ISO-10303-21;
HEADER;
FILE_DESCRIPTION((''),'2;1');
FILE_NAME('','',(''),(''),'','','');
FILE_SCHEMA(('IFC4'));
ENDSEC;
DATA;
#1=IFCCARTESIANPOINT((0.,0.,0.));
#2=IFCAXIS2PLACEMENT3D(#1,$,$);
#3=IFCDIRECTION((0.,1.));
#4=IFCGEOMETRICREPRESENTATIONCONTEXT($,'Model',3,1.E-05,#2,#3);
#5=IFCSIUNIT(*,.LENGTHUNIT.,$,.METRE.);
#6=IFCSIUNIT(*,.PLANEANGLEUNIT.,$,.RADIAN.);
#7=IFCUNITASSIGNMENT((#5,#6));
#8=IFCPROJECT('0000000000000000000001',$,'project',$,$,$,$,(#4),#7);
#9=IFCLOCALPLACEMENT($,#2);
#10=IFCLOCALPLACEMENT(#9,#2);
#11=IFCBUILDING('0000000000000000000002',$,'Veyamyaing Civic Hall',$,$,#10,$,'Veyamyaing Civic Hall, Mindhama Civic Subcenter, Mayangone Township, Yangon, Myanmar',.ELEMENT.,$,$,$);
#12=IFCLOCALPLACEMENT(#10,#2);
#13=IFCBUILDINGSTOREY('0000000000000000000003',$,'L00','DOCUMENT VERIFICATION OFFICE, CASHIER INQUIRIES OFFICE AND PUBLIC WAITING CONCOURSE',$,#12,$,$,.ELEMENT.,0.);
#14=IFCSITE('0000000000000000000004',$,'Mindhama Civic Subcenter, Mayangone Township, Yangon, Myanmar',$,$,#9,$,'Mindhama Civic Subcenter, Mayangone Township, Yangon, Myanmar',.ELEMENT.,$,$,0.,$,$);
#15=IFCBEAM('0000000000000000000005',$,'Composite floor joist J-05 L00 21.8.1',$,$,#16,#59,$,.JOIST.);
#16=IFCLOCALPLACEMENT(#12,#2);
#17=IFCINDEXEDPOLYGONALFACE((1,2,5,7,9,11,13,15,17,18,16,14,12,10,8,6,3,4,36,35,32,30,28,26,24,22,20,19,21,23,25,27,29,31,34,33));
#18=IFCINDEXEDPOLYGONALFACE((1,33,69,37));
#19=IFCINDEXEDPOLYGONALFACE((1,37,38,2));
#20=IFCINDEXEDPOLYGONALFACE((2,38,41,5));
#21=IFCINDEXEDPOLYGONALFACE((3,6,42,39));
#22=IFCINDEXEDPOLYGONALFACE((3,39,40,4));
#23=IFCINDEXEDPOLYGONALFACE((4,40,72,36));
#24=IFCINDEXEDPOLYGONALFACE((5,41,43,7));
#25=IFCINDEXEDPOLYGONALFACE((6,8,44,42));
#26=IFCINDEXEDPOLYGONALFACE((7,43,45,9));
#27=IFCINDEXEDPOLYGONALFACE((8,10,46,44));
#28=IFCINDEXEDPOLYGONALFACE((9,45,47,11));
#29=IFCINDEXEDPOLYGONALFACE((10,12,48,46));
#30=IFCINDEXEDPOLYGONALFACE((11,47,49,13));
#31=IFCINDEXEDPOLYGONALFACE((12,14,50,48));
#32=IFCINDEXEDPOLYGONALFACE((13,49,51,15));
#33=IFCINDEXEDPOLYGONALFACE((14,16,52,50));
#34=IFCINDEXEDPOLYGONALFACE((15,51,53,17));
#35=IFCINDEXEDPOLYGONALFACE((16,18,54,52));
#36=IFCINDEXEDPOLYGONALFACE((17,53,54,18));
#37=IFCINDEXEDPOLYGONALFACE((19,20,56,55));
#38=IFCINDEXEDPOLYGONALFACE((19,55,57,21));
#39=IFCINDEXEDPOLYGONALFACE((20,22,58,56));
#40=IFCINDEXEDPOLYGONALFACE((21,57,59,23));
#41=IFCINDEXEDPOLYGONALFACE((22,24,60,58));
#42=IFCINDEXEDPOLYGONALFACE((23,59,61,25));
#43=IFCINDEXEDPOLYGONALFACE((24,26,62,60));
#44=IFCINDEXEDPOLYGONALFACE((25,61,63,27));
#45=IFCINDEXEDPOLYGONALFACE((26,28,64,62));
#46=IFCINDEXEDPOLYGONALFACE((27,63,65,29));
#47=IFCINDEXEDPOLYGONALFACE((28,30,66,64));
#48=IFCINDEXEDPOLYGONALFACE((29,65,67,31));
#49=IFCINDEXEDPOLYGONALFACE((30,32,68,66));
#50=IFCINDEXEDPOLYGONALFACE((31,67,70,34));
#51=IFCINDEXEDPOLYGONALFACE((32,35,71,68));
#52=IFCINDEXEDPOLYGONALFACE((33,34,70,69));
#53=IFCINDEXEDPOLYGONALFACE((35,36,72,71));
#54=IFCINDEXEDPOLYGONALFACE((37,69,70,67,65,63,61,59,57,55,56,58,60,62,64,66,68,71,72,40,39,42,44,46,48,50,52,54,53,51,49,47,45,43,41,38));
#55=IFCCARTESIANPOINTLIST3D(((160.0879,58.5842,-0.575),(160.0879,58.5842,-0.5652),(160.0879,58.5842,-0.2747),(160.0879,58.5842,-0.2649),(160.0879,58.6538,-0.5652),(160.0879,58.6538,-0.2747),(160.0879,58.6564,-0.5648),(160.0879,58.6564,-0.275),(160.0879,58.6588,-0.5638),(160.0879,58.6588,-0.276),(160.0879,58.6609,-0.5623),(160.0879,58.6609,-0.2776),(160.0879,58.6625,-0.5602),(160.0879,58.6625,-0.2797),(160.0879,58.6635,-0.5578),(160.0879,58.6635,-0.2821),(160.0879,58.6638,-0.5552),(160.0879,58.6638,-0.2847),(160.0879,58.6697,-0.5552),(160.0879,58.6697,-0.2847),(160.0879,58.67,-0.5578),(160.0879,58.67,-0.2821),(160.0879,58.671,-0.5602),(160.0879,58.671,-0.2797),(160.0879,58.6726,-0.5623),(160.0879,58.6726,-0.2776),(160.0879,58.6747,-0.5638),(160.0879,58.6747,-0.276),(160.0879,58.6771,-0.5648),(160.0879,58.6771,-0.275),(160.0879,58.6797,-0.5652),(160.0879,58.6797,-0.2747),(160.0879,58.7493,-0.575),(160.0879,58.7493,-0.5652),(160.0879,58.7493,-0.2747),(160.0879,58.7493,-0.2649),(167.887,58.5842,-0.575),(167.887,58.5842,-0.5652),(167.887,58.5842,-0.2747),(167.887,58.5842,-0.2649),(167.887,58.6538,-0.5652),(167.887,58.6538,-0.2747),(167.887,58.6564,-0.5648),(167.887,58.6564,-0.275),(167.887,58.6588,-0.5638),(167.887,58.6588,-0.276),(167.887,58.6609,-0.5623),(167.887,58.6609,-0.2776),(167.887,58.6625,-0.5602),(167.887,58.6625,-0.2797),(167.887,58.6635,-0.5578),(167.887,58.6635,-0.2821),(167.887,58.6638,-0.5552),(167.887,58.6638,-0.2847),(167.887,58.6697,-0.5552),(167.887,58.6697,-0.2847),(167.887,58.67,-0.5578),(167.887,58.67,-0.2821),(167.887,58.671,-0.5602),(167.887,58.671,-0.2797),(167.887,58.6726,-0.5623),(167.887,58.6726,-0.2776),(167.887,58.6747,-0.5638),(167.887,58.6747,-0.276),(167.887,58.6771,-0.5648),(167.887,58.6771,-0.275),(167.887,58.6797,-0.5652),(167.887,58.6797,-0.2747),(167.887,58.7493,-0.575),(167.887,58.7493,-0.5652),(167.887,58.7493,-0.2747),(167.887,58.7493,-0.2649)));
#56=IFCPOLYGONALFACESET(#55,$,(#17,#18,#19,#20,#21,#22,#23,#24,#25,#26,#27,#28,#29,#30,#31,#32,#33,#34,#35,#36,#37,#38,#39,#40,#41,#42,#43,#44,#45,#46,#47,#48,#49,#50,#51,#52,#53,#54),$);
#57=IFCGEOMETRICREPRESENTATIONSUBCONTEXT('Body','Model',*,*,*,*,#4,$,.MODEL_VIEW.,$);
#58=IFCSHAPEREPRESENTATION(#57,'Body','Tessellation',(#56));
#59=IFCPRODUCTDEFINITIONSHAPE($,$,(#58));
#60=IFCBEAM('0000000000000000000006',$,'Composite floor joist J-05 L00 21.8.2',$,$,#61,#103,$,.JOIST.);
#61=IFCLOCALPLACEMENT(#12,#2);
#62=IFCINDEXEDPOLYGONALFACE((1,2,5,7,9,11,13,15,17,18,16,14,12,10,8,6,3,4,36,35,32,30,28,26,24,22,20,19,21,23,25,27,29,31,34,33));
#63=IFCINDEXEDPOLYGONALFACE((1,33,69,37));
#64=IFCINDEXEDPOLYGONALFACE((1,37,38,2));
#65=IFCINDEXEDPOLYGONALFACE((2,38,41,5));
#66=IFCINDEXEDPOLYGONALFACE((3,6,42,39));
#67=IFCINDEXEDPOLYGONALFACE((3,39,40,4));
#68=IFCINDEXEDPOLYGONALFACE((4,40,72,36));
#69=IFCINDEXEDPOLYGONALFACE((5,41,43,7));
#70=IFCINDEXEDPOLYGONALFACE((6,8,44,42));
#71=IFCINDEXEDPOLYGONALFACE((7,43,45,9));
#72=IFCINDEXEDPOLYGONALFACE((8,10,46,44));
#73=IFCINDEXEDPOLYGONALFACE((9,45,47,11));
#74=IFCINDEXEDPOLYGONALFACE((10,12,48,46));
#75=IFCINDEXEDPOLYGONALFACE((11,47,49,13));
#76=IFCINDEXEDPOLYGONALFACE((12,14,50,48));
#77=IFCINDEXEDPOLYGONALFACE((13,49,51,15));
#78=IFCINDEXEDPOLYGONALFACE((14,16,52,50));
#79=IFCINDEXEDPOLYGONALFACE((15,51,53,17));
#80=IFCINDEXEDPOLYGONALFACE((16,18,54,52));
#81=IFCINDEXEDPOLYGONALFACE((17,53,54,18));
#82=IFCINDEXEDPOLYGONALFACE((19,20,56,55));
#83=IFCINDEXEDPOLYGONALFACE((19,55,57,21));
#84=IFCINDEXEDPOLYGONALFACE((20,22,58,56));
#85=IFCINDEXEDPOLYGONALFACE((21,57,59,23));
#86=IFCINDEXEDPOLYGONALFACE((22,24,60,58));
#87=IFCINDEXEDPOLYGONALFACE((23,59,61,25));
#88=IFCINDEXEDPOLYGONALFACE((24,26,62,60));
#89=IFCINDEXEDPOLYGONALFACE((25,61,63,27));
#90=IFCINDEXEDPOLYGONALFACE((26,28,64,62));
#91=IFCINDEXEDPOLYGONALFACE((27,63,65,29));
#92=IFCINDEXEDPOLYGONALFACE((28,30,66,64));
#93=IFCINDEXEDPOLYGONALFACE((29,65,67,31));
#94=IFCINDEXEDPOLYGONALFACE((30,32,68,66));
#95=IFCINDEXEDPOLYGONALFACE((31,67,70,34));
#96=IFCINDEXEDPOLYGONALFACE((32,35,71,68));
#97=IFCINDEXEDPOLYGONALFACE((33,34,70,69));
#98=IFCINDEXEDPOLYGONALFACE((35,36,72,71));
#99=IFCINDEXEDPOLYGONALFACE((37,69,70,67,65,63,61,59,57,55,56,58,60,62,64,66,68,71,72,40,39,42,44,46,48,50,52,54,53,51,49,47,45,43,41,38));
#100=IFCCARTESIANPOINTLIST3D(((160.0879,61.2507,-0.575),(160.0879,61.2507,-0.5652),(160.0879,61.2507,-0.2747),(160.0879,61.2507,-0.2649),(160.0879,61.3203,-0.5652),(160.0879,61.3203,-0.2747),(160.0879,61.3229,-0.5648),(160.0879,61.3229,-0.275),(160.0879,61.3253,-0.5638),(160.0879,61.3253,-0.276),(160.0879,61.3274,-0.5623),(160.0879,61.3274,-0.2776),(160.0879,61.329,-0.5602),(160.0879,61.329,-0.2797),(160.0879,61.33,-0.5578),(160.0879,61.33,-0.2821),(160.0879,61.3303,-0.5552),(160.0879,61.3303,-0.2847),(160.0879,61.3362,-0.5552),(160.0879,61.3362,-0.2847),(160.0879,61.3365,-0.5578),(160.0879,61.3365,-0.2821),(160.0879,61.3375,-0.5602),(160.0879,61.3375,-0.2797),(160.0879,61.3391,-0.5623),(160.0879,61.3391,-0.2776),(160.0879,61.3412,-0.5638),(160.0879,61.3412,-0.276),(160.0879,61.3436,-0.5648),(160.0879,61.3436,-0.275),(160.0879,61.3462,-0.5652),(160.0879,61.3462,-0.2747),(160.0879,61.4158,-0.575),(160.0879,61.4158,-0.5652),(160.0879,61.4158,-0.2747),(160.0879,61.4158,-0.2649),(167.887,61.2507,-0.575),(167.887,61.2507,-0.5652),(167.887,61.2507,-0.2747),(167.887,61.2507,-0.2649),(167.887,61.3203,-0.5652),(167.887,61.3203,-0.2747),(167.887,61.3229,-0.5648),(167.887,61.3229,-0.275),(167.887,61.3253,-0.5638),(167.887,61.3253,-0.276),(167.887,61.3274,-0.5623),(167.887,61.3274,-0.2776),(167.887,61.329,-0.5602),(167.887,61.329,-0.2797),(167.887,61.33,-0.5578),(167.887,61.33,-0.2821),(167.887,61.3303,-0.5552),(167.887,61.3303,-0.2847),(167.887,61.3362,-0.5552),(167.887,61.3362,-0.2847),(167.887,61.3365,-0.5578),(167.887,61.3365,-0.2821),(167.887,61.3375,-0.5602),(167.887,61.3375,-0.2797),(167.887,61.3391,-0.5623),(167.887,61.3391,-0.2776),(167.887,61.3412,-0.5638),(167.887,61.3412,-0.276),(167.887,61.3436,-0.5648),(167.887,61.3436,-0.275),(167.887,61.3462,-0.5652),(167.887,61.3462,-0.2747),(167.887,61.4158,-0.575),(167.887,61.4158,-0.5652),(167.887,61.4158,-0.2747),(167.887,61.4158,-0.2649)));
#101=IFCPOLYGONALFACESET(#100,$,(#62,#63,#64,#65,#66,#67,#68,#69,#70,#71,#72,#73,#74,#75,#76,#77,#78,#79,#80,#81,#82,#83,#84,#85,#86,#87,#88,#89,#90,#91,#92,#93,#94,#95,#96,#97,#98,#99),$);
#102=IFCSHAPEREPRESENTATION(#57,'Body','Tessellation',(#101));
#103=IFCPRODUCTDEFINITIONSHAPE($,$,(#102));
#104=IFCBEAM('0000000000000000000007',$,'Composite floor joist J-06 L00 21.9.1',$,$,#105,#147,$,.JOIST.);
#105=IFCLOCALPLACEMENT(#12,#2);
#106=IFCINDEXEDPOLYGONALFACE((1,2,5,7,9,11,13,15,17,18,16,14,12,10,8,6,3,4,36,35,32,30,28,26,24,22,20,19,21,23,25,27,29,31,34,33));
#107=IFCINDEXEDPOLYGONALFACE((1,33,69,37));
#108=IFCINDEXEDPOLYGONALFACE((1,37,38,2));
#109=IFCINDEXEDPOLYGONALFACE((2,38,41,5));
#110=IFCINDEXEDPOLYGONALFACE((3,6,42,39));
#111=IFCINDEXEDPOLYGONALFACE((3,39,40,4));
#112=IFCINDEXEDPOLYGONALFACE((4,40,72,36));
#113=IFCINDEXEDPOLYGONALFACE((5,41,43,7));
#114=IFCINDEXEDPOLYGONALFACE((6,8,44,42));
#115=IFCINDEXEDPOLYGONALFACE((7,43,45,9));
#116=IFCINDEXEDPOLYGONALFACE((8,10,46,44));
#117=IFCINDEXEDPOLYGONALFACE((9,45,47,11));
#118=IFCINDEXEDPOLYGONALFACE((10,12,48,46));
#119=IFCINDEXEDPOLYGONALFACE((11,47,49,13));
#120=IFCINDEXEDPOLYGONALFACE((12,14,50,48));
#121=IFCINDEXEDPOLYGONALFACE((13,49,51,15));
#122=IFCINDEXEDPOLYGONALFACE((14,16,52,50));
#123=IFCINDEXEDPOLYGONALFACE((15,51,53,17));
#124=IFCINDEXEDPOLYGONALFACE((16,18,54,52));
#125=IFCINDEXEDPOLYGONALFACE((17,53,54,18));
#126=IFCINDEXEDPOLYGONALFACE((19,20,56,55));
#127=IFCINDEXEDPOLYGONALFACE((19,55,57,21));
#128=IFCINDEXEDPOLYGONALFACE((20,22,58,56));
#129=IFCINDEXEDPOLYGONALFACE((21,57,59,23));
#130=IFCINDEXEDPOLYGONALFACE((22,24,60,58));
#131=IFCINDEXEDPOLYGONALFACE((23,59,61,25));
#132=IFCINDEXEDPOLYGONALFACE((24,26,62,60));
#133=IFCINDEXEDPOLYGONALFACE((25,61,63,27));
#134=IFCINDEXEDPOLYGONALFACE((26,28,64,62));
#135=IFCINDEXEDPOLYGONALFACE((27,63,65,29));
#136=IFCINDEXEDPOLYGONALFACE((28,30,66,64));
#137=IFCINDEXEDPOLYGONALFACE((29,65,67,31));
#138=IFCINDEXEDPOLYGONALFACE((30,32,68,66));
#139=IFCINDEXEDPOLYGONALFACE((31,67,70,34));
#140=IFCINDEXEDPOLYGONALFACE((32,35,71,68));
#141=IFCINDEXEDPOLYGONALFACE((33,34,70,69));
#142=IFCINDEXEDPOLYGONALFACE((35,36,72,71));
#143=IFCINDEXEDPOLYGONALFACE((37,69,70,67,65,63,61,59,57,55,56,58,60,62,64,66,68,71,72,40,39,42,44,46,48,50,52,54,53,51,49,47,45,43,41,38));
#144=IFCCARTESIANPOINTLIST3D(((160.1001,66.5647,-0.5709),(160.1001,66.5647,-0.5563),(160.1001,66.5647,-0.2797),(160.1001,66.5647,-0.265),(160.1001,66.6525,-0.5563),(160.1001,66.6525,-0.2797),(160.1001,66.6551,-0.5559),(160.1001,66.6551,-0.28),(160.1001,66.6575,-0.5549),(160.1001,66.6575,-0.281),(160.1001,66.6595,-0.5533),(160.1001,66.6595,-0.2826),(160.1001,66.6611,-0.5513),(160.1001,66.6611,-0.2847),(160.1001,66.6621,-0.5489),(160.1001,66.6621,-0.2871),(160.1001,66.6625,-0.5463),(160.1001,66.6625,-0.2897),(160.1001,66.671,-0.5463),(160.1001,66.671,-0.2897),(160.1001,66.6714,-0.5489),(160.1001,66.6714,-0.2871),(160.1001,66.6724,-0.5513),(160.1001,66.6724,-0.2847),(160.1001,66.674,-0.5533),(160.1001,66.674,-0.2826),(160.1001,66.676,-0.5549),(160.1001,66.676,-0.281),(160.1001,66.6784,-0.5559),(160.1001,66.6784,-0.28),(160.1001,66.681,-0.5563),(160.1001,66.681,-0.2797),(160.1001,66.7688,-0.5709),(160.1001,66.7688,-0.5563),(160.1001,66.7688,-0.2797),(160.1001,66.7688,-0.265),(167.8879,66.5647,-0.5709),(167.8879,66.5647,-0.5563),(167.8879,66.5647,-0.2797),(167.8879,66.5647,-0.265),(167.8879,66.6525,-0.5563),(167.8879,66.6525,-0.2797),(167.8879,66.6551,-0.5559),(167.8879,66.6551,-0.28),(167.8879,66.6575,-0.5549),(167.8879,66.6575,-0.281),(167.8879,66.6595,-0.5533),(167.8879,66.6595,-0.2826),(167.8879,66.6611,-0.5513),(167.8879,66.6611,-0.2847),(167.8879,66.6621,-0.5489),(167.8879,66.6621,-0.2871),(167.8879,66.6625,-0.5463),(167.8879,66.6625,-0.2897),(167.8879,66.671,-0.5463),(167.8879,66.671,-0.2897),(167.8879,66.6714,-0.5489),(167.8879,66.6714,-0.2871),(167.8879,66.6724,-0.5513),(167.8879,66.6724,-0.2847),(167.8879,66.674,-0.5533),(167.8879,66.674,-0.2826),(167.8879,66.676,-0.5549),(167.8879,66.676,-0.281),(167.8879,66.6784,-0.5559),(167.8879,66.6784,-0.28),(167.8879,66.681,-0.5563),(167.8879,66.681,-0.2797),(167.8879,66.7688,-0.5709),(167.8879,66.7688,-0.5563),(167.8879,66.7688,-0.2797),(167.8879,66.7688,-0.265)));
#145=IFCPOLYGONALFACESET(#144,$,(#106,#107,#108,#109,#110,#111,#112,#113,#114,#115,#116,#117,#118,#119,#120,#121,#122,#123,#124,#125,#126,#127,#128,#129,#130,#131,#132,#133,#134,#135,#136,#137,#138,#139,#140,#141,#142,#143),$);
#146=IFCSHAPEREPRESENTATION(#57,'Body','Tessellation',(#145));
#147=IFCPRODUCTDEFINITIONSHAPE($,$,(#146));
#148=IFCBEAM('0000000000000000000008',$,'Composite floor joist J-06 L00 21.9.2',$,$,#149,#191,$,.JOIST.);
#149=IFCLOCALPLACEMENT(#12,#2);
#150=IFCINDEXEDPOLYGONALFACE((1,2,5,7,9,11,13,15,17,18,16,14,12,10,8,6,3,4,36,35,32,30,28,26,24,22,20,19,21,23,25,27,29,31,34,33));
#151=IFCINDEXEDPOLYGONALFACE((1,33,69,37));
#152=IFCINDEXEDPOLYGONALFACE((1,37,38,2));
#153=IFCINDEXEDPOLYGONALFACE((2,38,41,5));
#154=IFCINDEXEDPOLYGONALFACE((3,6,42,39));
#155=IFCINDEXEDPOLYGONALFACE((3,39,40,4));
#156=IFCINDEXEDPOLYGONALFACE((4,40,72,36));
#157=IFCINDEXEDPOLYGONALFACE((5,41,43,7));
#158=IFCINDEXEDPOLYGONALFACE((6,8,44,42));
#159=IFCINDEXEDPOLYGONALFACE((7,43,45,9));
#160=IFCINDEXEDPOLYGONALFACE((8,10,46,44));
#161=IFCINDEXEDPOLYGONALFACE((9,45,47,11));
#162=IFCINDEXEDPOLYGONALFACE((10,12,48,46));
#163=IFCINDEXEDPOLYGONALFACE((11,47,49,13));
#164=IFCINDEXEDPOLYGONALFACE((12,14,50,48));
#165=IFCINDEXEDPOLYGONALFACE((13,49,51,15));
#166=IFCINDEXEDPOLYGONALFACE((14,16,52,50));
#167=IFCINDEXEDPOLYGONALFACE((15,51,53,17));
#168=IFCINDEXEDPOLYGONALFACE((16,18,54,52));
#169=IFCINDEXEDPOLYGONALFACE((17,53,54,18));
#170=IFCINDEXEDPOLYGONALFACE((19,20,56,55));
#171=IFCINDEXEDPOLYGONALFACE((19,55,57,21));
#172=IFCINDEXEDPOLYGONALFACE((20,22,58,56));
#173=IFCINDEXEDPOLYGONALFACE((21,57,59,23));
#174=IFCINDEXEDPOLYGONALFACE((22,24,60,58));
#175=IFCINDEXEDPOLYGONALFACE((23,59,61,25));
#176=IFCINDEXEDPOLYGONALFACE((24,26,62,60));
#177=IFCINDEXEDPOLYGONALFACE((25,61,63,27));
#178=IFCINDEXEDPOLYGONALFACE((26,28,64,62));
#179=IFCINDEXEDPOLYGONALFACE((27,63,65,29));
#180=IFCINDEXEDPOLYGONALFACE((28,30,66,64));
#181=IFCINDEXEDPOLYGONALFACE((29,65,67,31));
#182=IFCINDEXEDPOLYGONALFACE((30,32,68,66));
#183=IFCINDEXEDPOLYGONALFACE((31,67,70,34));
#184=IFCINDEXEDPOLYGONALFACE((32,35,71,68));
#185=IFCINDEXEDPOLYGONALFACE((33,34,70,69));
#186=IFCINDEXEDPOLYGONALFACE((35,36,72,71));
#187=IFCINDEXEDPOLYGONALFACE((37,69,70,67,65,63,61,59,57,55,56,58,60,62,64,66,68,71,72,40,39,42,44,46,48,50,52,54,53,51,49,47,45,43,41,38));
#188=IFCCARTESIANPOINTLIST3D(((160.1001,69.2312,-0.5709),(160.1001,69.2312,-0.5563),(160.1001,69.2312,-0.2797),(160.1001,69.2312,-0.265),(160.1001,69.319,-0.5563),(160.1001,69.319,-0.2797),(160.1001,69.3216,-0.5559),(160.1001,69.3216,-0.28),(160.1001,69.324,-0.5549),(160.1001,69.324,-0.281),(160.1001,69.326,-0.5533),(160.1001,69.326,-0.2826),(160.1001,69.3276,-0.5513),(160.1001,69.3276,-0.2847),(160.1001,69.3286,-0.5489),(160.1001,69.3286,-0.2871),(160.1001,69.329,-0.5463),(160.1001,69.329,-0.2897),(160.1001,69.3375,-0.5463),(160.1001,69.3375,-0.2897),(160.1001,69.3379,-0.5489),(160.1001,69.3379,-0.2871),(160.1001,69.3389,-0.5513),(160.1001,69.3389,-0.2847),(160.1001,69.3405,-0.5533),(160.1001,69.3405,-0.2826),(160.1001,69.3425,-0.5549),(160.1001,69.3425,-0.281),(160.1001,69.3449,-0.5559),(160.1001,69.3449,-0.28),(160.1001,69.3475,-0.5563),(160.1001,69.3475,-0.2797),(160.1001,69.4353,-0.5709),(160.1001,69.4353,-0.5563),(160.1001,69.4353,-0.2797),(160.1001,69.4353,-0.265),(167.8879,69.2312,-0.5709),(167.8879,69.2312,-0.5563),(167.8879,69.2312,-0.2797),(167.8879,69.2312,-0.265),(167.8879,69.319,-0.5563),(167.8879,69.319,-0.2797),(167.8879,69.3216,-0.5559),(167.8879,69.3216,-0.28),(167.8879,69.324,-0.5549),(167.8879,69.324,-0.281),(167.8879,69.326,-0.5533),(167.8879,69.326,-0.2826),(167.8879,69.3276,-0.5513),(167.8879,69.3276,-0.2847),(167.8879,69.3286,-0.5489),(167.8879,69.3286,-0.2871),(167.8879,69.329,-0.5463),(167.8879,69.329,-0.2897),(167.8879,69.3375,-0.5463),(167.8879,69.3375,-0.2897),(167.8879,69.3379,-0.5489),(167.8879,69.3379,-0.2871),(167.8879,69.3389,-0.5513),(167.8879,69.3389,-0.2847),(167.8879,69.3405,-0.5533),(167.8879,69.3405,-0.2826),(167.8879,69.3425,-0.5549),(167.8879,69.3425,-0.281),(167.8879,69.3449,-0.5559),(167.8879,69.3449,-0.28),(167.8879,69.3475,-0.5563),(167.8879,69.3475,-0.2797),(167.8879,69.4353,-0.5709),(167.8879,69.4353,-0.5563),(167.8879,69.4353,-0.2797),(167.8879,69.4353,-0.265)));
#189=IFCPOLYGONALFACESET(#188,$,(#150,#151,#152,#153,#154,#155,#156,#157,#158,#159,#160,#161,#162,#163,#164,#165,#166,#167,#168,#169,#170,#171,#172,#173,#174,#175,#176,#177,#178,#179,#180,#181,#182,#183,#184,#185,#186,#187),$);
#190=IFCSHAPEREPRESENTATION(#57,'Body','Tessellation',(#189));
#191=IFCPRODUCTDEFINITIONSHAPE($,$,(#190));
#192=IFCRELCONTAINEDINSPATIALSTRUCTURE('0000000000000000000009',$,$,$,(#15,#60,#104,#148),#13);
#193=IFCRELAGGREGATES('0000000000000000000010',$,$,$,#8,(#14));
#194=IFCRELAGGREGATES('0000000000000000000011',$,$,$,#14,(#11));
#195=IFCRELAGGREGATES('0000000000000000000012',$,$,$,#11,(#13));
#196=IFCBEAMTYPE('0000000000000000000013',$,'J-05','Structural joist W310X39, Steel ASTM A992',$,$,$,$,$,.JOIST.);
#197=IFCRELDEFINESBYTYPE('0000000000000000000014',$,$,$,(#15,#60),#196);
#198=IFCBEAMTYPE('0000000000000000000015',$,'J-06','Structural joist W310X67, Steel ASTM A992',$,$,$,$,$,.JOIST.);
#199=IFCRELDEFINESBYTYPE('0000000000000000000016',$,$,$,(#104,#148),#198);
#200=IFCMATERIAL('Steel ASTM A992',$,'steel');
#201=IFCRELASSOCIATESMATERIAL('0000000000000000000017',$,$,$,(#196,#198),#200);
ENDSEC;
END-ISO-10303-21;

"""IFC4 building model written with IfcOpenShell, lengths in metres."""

from ifc_helpers import new_model, si_unit, direction, frame, origin, origin_2d, place, context, subcontext, project, spatial, i_section, extrude, material, material_profile, profile_set, type_object, element, save


model = new_model("IFC4")

# Units and contexts
model_context = context("Model", 3, precision=1e-05, world=origin(), true_north=direction((0.0, 1.0)))
body_context = subcontext(model_context, "Body", "Model", "MODEL_VIEW")
ifc_project = project(units=[si_unit("LENGTHUNIT", "METRE"), si_unit("PLANEANGLEUNIT", "RADIAN")], contexts=[model_context])

# Site, building, storey
site_placement = place(None, origin())
site = spatial("IfcSite", under=ifc_project, at=site_placement, Name="Mindhama Civic Subcenter, Mayangone Township, Yangon, Myanmar", LongName="Mindhama Civic Subcenter, Mayangone Township, Yangon, Myanmar", CompositionType="ELEMENT", RefElevation=0.0)
building_placement = place(site_placement, origin())
building = spatial("IfcBuilding", under=site, at=building_placement, Name="Veyamyaing Civic Hall", LongName="Veyamyaing Civic Hall, Mindhama Civic Subcenter, Mayangone Township, Yangon, Myanmar", CompositionType="ELEMENT")
storey_placement = place(building_placement, origin())
storey = spatial("IfcBuildingStorey", under=building, at=storey_placement, Name="L00", Description="DOCUMENT VERIFICATION OFFICE, CASHIER INQUIRIES OFFICE AND PUBLIC WAITING CONCOURSE", CompositionType="ELEMENT", Elevation=0.0)

# Beams
ifc_material_1 = material(Name="Steel ASTM A992", Category="steel")
ifc_material_profile_1 = material_profile(ifc_material_1, i_section(OverallWidth=0.165, OverallDepth=0.3101, WebThickness=0.0059, FlangeThickness=0.0098, FilletRadius=0.01, at=origin_2d()), Name="W310X39")
ifc_profile_set_1 = profile_set([ifc_material_profile_1], Name="Steel ASTM A992")
beam_type_1 = type_object("IfcBeamType", Name="J-05", Description="Structural joist W310X39, Steel ASTM A992", PredefinedType="JOIST", material=ifc_profile_set_1)
for number, where, z_axis, x_axis, name in (
    (1, (160.0879, 58.6667, -0.4199), (1.0, 0.0, 0.0), (0.0, 1.0, 0.0), "Composite floor joist J-05 L00 21.8.1"),
    (2, (160.0879, 61.3333, -0.4199), (1.0, 0.0, 0.0), (0.0, 1.0, 0.0), "Composite floor joist J-05 L00 21.8.2"),
):
    element("IfcBeam", number, at=place(storey_placement, frame(where, z_axis=z_axis, x_axis=x_axis)), inside=storey, type_object=beam_type_1, Name=name, PredefinedType="JOIST", context=body_context, shape_type="SweptSolid", body=[
        extrude(i_section(OverallWidth=0.165, OverallDepth=0.3101, WebThickness=0.0059, FlangeThickness=0.0098, FilletRadius=0.01, at=origin_2d()), origin(), (0.0, 0.0, 1.0), 7.7991),
    ])
ifc_material_profile_2 = material_profile(ifc_material_1, i_section(OverallWidth=0.2041, OverallDepth=0.3059, WebThickness=0.0085, FlangeThickness=0.0146, FilletRadius=0.01, at=origin_2d()), Name="W310X67")
ifc_profile_set_2 = profile_set([ifc_material_profile_2], Name="Steel ASTM A992")
beam_type_2 = type_object("IfcBeamType", Name="J-06", Description="Structural joist W310X67, Steel ASTM A992", PredefinedType="JOIST", material=ifc_profile_set_2)
for number, where, z_axis, x_axis, name in (
    (3, (160.1001, 66.6667, -0.418), (1.0, 0.0, 0.0), (0.0, 1.0, 0.0), "Composite floor joist J-06 L00 21.9.1"),
    (4, (160.1001, 69.3333, -0.418), (1.0, 0.0, 0.0), (0.0, 1.0, 0.0), "Composite floor joist J-06 L00 21.9.2"),
):
    element("IfcBeam", number, at=place(storey_placement, frame(where, z_axis=z_axis, x_axis=x_axis)), inside=storey, type_object=beam_type_2, Name=name, PredefinedType="JOIST", context=body_context, shape_type="SweptSolid", body=[
        extrude(i_section(OverallWidth=0.2041, OverallDepth=0.3059, WebThickness=0.0085, FlangeThickness=0.0146, FilletRadius=0.01, at=origin_2d()), origin(), (0.0, 0.0, 1.0), 7.7878),
    ])

save(model, "model.ifc")
